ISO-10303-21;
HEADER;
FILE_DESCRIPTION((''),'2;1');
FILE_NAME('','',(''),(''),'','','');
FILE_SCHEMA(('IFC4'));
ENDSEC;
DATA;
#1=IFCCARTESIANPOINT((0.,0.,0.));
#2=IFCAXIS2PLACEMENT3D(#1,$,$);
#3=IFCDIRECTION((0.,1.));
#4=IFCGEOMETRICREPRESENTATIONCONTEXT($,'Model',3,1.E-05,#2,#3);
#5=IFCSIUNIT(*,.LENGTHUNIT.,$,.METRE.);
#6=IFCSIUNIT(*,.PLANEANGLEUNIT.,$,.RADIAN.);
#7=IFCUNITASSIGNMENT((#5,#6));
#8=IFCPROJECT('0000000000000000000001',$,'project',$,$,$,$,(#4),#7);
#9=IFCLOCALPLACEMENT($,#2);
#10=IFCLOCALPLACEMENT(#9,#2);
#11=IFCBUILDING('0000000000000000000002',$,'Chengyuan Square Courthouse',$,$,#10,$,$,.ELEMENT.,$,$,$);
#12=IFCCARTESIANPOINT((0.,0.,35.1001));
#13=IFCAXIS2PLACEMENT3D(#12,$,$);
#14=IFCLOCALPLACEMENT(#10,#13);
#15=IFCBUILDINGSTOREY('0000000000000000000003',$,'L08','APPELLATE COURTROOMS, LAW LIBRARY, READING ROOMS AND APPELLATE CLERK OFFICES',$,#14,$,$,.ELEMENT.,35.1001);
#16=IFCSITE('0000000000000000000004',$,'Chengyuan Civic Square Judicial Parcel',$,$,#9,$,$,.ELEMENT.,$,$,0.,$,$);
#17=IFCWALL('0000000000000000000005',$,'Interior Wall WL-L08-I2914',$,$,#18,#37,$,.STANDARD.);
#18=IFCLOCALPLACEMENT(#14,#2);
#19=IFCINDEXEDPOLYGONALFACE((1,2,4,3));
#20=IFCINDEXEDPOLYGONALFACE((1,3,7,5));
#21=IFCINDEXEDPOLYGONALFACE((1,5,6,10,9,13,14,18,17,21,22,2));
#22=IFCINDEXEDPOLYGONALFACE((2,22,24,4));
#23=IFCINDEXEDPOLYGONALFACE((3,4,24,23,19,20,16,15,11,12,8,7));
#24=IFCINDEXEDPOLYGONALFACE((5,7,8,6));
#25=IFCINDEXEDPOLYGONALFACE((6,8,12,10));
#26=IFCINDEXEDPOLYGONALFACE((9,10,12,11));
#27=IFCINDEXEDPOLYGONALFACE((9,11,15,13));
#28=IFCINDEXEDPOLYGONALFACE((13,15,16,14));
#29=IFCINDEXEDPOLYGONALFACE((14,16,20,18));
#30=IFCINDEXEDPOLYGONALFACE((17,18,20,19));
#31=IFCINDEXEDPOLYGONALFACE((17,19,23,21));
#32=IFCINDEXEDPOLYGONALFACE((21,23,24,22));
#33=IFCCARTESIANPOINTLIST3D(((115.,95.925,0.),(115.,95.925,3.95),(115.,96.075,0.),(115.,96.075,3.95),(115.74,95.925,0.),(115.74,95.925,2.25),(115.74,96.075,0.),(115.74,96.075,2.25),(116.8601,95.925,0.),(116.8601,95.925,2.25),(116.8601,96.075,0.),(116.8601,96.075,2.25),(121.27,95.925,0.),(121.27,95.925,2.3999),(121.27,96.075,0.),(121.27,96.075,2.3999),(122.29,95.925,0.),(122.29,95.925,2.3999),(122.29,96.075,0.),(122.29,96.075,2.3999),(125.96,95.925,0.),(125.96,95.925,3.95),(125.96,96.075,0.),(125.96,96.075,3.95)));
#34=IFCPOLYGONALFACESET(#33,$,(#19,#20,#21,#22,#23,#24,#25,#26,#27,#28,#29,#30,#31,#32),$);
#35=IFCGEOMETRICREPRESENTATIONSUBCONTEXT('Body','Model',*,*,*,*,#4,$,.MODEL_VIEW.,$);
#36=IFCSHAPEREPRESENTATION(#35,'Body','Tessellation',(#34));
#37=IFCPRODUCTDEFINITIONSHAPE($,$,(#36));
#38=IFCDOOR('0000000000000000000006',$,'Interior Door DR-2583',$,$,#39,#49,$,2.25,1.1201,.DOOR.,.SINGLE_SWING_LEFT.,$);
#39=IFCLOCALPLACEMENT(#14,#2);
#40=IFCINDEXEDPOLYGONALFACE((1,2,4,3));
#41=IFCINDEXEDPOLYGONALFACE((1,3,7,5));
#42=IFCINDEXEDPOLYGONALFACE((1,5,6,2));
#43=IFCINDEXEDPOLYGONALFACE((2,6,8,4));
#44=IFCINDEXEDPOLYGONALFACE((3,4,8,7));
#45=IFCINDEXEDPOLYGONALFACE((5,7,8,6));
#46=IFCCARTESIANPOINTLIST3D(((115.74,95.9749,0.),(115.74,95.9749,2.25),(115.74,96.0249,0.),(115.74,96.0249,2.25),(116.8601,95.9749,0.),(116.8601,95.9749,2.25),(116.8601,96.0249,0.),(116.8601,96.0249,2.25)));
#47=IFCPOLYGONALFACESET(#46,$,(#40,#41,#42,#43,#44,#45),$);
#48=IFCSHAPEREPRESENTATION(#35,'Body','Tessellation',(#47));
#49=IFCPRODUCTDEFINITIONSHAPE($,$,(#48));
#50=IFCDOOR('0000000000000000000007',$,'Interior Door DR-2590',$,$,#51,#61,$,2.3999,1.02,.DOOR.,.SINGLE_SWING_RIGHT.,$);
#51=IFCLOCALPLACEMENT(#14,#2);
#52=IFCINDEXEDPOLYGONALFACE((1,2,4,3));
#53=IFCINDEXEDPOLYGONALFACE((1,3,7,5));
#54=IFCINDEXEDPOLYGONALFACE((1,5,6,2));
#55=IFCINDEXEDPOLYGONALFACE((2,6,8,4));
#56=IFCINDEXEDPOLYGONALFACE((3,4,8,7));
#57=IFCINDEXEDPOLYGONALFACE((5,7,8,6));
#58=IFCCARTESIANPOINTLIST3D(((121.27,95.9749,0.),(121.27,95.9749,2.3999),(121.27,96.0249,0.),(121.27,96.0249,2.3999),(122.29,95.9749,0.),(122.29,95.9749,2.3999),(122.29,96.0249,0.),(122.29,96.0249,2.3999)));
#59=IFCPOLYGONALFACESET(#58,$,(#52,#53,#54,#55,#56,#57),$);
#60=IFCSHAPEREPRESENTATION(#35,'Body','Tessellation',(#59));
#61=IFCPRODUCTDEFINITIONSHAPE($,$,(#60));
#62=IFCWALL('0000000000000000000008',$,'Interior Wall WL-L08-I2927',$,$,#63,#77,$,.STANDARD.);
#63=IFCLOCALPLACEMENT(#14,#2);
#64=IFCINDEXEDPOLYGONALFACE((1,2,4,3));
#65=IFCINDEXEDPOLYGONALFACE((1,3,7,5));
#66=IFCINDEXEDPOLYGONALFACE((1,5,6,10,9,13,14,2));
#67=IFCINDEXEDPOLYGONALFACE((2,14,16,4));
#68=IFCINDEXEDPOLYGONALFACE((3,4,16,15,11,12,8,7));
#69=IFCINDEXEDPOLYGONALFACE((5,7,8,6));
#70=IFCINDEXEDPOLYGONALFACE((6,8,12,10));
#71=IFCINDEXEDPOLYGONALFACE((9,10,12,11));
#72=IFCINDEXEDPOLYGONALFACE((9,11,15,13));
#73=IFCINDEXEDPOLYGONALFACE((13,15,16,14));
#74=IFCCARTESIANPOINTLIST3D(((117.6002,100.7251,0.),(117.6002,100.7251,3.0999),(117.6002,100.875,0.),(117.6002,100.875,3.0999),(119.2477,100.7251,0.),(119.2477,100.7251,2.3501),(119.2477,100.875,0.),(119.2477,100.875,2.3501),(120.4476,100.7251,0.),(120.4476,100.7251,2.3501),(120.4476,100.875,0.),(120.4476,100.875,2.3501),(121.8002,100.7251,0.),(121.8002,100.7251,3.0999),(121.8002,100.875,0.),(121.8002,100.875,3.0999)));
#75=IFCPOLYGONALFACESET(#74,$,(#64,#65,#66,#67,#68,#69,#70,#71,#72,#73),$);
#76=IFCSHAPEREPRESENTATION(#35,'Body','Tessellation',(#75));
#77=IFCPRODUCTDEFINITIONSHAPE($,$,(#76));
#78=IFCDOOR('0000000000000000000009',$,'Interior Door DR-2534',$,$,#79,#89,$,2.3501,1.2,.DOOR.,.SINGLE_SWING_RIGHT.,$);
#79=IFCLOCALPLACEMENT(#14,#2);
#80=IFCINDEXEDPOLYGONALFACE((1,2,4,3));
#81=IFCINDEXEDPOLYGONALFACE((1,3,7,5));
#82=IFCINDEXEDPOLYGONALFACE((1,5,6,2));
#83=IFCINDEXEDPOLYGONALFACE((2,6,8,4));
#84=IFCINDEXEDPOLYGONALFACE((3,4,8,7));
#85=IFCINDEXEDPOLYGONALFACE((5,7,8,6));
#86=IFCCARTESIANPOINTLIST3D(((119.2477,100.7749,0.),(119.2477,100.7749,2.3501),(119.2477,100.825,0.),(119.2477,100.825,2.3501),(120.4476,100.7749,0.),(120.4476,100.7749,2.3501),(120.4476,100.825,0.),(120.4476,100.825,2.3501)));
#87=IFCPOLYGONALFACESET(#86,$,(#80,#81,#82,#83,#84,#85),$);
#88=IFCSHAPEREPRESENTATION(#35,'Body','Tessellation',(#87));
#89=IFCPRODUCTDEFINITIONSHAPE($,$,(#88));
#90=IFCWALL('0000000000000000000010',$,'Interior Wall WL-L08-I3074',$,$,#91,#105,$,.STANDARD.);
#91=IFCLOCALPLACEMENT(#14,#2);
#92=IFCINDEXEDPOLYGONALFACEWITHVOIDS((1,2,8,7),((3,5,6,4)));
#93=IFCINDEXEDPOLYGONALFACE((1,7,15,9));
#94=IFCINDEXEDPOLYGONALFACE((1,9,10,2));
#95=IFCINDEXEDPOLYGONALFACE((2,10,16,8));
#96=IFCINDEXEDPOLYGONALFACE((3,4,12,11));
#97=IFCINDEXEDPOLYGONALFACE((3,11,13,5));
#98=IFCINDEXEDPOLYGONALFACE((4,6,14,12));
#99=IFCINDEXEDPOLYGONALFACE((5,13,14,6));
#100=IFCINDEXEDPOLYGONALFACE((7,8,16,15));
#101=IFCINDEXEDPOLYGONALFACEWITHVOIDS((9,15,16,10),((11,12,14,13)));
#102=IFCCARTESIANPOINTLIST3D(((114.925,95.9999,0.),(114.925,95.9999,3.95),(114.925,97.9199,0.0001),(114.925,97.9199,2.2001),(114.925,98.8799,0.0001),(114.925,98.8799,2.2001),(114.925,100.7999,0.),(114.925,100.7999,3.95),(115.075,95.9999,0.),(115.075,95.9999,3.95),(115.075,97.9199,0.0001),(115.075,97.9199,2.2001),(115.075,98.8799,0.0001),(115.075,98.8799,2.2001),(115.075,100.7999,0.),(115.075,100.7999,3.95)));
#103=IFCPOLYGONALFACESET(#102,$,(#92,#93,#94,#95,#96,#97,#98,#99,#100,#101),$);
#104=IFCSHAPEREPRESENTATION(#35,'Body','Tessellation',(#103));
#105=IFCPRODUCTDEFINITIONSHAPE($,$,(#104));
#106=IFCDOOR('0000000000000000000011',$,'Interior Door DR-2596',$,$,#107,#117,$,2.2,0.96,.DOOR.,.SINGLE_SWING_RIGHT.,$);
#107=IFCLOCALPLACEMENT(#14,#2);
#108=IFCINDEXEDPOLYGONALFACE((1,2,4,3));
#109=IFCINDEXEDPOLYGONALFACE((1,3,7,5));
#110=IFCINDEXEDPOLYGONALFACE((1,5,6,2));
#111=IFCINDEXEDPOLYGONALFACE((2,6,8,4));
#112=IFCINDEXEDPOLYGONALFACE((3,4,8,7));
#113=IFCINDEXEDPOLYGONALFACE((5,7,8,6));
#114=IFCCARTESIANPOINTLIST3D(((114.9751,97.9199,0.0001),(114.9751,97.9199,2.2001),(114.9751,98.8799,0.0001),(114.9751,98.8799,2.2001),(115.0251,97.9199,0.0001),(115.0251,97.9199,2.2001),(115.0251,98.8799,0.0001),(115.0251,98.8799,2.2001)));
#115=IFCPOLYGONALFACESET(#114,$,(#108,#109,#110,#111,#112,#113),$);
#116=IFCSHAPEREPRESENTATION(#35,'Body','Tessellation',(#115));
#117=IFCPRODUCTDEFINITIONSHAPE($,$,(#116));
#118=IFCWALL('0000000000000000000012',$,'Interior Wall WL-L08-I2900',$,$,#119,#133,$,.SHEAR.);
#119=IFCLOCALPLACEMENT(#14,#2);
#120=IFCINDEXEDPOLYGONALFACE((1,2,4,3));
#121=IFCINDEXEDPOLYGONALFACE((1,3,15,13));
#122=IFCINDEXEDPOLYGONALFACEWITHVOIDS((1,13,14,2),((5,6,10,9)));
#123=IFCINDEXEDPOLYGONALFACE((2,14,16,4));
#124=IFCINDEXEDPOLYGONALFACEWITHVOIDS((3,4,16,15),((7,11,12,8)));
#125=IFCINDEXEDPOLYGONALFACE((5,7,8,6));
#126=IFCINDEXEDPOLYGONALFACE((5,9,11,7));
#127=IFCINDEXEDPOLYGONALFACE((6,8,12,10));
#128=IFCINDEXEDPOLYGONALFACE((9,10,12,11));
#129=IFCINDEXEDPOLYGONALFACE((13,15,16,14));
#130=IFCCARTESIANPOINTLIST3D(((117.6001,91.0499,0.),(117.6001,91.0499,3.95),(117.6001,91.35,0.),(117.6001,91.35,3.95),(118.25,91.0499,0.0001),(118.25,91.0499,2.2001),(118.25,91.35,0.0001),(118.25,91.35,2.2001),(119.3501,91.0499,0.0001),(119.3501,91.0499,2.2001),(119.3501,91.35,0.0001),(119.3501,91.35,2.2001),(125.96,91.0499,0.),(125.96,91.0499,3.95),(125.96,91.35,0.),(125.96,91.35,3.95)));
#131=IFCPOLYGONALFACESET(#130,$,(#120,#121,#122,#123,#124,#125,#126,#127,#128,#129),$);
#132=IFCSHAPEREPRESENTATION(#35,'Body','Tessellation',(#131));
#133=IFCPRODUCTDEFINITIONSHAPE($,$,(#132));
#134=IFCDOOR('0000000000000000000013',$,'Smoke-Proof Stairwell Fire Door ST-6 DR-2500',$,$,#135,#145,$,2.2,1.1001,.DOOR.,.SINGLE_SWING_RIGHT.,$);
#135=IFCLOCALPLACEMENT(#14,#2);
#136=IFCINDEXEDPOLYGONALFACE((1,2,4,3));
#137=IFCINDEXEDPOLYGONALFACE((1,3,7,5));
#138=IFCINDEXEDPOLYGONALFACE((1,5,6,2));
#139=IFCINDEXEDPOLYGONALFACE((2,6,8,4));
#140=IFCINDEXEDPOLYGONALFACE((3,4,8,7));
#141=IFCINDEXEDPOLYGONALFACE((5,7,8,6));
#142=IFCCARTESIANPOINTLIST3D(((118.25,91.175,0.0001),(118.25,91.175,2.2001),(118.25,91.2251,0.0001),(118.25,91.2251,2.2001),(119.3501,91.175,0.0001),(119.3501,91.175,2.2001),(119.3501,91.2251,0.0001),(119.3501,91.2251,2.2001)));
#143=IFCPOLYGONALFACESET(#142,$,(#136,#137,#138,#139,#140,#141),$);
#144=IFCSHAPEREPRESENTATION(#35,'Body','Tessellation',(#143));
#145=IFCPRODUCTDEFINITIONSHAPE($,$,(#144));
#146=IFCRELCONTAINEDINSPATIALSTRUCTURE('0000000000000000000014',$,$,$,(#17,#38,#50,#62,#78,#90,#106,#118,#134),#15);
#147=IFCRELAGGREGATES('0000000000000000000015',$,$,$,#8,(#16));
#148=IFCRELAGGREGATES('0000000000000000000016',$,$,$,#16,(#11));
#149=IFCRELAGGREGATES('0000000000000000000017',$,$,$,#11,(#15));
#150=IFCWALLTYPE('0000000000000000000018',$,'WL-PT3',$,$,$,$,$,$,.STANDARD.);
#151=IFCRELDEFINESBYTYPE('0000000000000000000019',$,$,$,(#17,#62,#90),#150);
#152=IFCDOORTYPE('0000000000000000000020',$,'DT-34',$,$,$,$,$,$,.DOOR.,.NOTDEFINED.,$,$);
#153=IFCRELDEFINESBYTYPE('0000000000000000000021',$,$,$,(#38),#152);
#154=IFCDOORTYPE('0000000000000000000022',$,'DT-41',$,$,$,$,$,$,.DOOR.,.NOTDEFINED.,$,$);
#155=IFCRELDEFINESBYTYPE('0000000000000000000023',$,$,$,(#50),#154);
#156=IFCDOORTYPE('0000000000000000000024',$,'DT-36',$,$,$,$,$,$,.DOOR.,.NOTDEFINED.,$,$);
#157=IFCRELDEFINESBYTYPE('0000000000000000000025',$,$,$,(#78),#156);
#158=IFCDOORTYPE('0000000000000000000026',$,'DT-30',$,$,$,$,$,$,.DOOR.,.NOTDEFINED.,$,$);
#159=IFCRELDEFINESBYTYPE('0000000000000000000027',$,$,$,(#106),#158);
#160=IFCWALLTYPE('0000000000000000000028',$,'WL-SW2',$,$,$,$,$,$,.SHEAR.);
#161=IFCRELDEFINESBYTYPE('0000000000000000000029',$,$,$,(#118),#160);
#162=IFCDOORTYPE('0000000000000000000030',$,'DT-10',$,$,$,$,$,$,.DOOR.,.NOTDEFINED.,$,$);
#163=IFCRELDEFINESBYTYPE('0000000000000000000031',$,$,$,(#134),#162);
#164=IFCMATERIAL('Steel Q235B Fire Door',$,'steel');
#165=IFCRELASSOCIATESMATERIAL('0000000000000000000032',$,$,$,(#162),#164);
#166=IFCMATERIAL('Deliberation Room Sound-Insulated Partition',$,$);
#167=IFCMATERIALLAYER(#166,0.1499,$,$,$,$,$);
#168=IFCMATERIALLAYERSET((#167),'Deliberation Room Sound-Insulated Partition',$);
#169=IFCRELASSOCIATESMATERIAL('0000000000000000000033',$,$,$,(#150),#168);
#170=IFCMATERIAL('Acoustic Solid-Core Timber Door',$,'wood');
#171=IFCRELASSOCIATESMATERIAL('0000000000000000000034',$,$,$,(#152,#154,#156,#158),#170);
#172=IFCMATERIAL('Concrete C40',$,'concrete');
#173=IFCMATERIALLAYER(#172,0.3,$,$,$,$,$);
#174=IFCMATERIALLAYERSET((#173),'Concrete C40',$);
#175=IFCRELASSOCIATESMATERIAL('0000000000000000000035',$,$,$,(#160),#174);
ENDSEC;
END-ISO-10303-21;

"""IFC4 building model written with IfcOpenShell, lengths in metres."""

from ifc_helpers import new_model, si_unit, direction, frame, frame_2d, origin, place, context, subcontext, project, spatial, rectangle, extrude, material, layer, layer_set, type_object, element, fill, save


model = new_model("IFC4")

# Units and contexts
model_context = context("Model", 3, precision=1e-05, world=origin(), true_north=direction((0.0, 1.0)))
body_context = subcontext(model_context, "Body", "Model", "MODEL_VIEW")
ifc_project = project(units=[si_unit("LENGTHUNIT", "METRE"), si_unit("PLANEANGLEUNIT", "RADIAN")], contexts=[model_context])

# Site, building, storey
site_placement = place(None, origin())
site = spatial("IfcSite", under=ifc_project, at=site_placement, Name="Chengyuan Civic Square Judicial Parcel", CompositionType="ELEMENT", RefElevation=0.0)
building_placement = place(site_placement, origin())
building = spatial("IfcBuilding", under=site, at=building_placement, Name="Chengyuan Square Courthouse", CompositionType="ELEMENT")
storey_placement = place(building_placement, frame((0.0, 0.0, 35.1001)))
storey = spatial("IfcBuildingStorey", under=building, at=storey_placement, Name="L08", Description="APPELLATE COURTROOMS, LAW LIBRARY, READING ROOMS AND APPELLATE CLERK OFFICES", CompositionType="ELEMENT", Elevation=35.1001)

# Shared definitions
ifc_material_1 = material(Name="Concrete C40", Category="concrete")

# Wall, openings, doors
ifc_material_2 = material(Name="Steel Q235B Fire Door", Category="steel")
door_type_1 = type_object("IfcDoorType", Name="DT-10", OperationType="NOTDEFINED", PredefinedType="DOOR", material=ifc_material_2)
ifc_material_3 = material(Name="Deliberation Room Sound-Insulated Partition")
ifc_layer_1 = layer(ifc_material_3, 0.1499)
ifc_layer_set_1 = layer_set([ifc_layer_1], Name="Deliberation Room Sound-Insulated Partition")
wall_type_1 = type_object("IfcWallType", Name="WL-PT3", PredefinedType="STANDARD", material=ifc_layer_set_1)
wall_1_placement = place(storey_placement, frame((115.0, 96.0, 0.0), z_axis=(0.0, 0.0, 1.0), x_axis=(1.0, 0.0, 0.0)))
wall_1 = element("IfcWall", 1, at=wall_1_placement, inside=storey, type_object=wall_type_1, Name="Interior Wall WL-L08-I2914", PredefinedType="STANDARD", context=body_context, shape_type="SweptSolid", body=[
    extrude(rectangle(XDim=10.96, YDim=0.1499, at=frame_2d((5.48, 0.0))), origin(), (0.0, 0.0, 1.0), 3.95),
])
opening_1_placement = place(wall_1_placement, frame((0.74, 0.0, 0.0)))
opening_1 = element("IfcOpeningElement", 2, at=opening_1_placement, cuts=wall_1, PredefinedType="OPENING", context=body_context, shape_type="SweptSolid", body=[
    extrude(rectangle(XDim=1.1201, YDim=2.25, at=frame_2d((0.5601, 1.125))), frame((0.0, 0.0869, 0.0), z_axis=(0.0, -1.0, 0.0), x_axis=(1.0, 0.0, 0.0)), (0.0, 0.0, 1.0), 0.1738),
])
opening_2_placement = place(wall_1_placement, frame((6.27, 0.0, 0.0)))
opening_2 = element("IfcOpeningElement", 3, at=opening_2_placement, cuts=wall_1, PredefinedType="OPENING", context=body_context, shape_type="SweptSolid", body=[
    extrude(rectangle(XDim=1.02, YDim=2.3999, at=frame_2d((0.51, 1.2))), frame((0.0, 0.0869, 0.0), z_axis=(0.0, -1.0, 0.0), x_axis=(1.0, 0.0, 0.0)), (0.0, 0.0, 1.0), 0.1738),
])
ifc_material_4 = material(Name="Acoustic Solid-Core Timber Door", Category="wood")
door_type_2 = type_object("IfcDoorType", Name="DT-34", OperationType="NOTDEFINED", PredefinedType="DOOR", material=ifc_material_4)
door_1_placement = place(opening_1_placement, origin())
door_1 = element("IfcDoor", 4, at=door_1_placement, inside=storey, type_object=door_type_2, Name="Interior Door DR-2583", OperationType="SINGLE_SWING_LEFT", OverallHeight=2.25, OverallWidth=1.1201, PredefinedType="DOOR", context=body_context, shape_type="SweptSolid", body=[
    extrude(rectangle(XDim=1.1201, YDim=2.25, at=frame_2d((0.5601, 1.125))), frame((0.0, 0.0249, 0.0), z_axis=(0.0, -1.0, 0.0), x_axis=(1.0, 0.0, 0.0)), (0.0, 0.0, 1.0), 0.05),
])
fill(opening_1, door_1)
door_type_3 = type_object("IfcDoorType", Name="DT-41", OperationType="NOTDEFINED", PredefinedType="DOOR", material=ifc_material_4)
door_2_placement = place(opening_2_placement, origin())
door_2 = element("IfcDoor", 5, at=door_2_placement, inside=storey, type_object=door_type_3, Name="Interior Door DR-2590", OperationType="SINGLE_SWING_RIGHT", OverallHeight=2.3999, OverallWidth=1.02, PredefinedType="DOOR", context=body_context, shape_type="SweptSolid", body=[
    extrude(rectangle(XDim=1.02, YDim=2.3999, at=frame_2d((0.51, 1.2))), frame((0.0, 0.0249, 0.0), z_axis=(0.0, -1.0, 0.0), x_axis=(1.0, 0.0, 0.0)), (0.0, 0.0, 1.0), 0.05),
])
fill(opening_2, door_2)

# Walls, openings, doors
wall_2_placement = place(storey_placement, frame((117.6001, 100.8, 0.0), z_axis=(0.0, 0.0, 1.0), x_axis=(1.0, 0.0, 0.0)))
wall_2 = element("IfcWall", 6, at=wall_2_placement, inside=storey, type_object=wall_type_1, Name="Interior Wall WL-L08-I2927", PredefinedType="STANDARD", context=body_context, shape_type="SweptSolid", body=[
    extrude(rectangle(XDim=4.2, YDim=0.1499, at=frame_2d((2.1001, 0.0))), origin(), (0.0, 0.0, 1.0), 3.0999),
])
opening_3_placement = place(wall_2_placement, frame((1.6475, 0.0, 0.0)))
opening_3 = element("IfcOpeningElement", 7, at=opening_3_placement, cuts=wall_2, PredefinedType="OPENING", context=body_context, shape_type="SweptSolid", body=[
    extrude(rectangle(XDim=1.2, YDim=2.3501, at=frame_2d((0.6001, 1.175))), frame((0.0, 0.0869, 0.0), z_axis=(0.0, -1.0, 0.0), x_axis=(1.0, 0.0, 0.0)), (0.0, 0.0, 1.0), 0.1738),
])
door_type_4 = type_object("IfcDoorType", Name="DT-36", OperationType="NOTDEFINED", PredefinedType="DOOR", material=ifc_material_4)
door_3_placement = place(opening_3_placement, origin())
door_3 = element("IfcDoor", 8, at=door_3_placement, inside=storey, type_object=door_type_4, Name="Interior Door DR-2534", OperationType="SINGLE_SWING_RIGHT", OverallHeight=2.3501, OverallWidth=1.2, PredefinedType="DOOR", context=body_context, shape_type="SweptSolid", body=[
    extrude(rectangle(XDim=1.2, YDim=2.3501, at=frame_2d((0.6001, 1.175))), frame((0.0, 0.0249, 0.0), z_axis=(0.0, -1.0, 0.0), x_axis=(1.0, 0.0, 0.0)), (0.0, 0.0, 1.0), 0.05),
])
fill(opening_3, door_3)
wall_3_placement = place(storey_placement, frame((115.0, 96.0, 0.0), z_axis=(0.0, 0.0, 1.0), x_axis=(0.0, 1.0, 0.0)))
wall_3 = element("IfcWall", 9, at=wall_3_placement, inside=storey, type_object=wall_type_1, Name="Interior Wall WL-L08-I3074", PredefinedType="STANDARD", context=body_context, shape_type="SweptSolid", body=[
    extrude(rectangle(XDim=4.8, YDim=0.1499, at=frame_2d((2.3999, 0.0))), origin(), (0.0, 0.0, 1.0), 3.95),
])
opening_4_placement = place(wall_3_placement, frame((1.9199, 0.0, 0.0)))
opening_4 = element("IfcOpeningElement", 10, at=opening_4_placement, cuts=wall_3, PredefinedType="OPENING", context=body_context, shape_type="SweptSolid", body=[
    extrude(rectangle(XDim=0.96, YDim=2.2, at=frame_2d((0.48, 1.1001))), frame((0.0, 0.0869, 0.0), z_axis=(0.0, -1.0, 0.0), x_axis=(1.0, 0.0, 0.0)), (0.0, 0.0, 1.0), 0.1738),
])
door_type_5 = type_object("IfcDoorType", Name="DT-30", OperationType="NOTDEFINED", PredefinedType="DOOR", material=ifc_material_4)
door_4_placement = place(opening_4_placement, origin())
door_4 = element("IfcDoor", 11, at=door_4_placement, inside=storey, type_object=door_type_5, Name="Interior Door DR-2596", OperationType="SINGLE_SWING_RIGHT", OverallHeight=2.2, OverallWidth=0.96, PredefinedType="DOOR", context=body_context, shape_type="SweptSolid", body=[
    extrude(rectangle(XDim=0.96, YDim=2.2, at=frame_2d((0.48, 1.1001))), frame((0.0, 0.0249, 0.0), z_axis=(0.0, -1.0, 0.0), x_axis=(1.0, 0.0, 0.0)), (0.0, 0.0, 1.0), 0.05),
])
fill(opening_4, door_4)
ifc_layer_2 = layer(ifc_material_1, 0.3)
ifc_layer_set_2 = layer_set([ifc_layer_2], Name="Concrete C40")
wall_type_2 = type_object("IfcWallType", Name="WL-SW2", PredefinedType="SHEAR", material=ifc_layer_set_2)
wall_4_placement = place(storey_placement, frame((117.6001, 91.2, 0.0), z_axis=(0.0, 0.0, 1.0), x_axis=(1.0, 0.0, 0.0)))
wall_4 = element("IfcWall", 12, at=wall_4_placement, inside=storey, type_object=wall_type_2, Name="Interior Wall WL-L08-I2900", PredefinedType="SHEAR", context=body_context, shape_type="SweptSolid", body=[
    extrude(rectangle(XDim=8.3599, YDim=0.3, at=frame_2d((4.1799, 0.0))), origin(), (0.0, 0.0, 1.0), 3.95),
])
opening_5_placement = place(wall_4_placement, frame((0.6499, 0.0, 0.0)))
opening_5 = element("IfcOpeningElement", 13, at=opening_5_placement, cuts=wall_4, PredefinedType="OPENING", context=body_context, shape_type="SweptSolid", body=[
    extrude(rectangle(XDim=1.1001, YDim=2.2, at=frame_2d((0.55, 1.1001))), frame((0.0, 0.1621, 0.0), z_axis=(0.0, -1.0, 0.0), x_axis=(1.0, 0.0, 0.0)), (0.0, 0.0, 1.0), 0.324),
])
door_5_placement = place(opening_5_placement, frame((1.1001, 0.0, 0.0), z_axis=(0.0, 0.0, 1.0), x_axis=(-1.0, 0.0, 0.0)))
door_5 = element("IfcDoor", 14, at=door_5_placement, inside=storey, type_object=door_type_1, Name="Smoke-Proof Stairwell Fire Door ST-6 DR-2500", OperationType="SINGLE_SWING_RIGHT", OverallHeight=2.2, OverallWidth=1.1001, PredefinedType="DOOR", context=body_context, shape_type="SweptSolid", body=[
    extrude(rectangle(XDim=1.1001, YDim=2.2, at=frame_2d((0.55, 1.1001))), frame((0.0, 0.0249, 0.0), z_axis=(0.0, -1.0, 0.0), x_axis=(1.0, 0.0, 0.0)), (0.0, 0.0, 1.0), 0.05),
])
fill(opening_5, door_5)

save(model, "model.ifc")
